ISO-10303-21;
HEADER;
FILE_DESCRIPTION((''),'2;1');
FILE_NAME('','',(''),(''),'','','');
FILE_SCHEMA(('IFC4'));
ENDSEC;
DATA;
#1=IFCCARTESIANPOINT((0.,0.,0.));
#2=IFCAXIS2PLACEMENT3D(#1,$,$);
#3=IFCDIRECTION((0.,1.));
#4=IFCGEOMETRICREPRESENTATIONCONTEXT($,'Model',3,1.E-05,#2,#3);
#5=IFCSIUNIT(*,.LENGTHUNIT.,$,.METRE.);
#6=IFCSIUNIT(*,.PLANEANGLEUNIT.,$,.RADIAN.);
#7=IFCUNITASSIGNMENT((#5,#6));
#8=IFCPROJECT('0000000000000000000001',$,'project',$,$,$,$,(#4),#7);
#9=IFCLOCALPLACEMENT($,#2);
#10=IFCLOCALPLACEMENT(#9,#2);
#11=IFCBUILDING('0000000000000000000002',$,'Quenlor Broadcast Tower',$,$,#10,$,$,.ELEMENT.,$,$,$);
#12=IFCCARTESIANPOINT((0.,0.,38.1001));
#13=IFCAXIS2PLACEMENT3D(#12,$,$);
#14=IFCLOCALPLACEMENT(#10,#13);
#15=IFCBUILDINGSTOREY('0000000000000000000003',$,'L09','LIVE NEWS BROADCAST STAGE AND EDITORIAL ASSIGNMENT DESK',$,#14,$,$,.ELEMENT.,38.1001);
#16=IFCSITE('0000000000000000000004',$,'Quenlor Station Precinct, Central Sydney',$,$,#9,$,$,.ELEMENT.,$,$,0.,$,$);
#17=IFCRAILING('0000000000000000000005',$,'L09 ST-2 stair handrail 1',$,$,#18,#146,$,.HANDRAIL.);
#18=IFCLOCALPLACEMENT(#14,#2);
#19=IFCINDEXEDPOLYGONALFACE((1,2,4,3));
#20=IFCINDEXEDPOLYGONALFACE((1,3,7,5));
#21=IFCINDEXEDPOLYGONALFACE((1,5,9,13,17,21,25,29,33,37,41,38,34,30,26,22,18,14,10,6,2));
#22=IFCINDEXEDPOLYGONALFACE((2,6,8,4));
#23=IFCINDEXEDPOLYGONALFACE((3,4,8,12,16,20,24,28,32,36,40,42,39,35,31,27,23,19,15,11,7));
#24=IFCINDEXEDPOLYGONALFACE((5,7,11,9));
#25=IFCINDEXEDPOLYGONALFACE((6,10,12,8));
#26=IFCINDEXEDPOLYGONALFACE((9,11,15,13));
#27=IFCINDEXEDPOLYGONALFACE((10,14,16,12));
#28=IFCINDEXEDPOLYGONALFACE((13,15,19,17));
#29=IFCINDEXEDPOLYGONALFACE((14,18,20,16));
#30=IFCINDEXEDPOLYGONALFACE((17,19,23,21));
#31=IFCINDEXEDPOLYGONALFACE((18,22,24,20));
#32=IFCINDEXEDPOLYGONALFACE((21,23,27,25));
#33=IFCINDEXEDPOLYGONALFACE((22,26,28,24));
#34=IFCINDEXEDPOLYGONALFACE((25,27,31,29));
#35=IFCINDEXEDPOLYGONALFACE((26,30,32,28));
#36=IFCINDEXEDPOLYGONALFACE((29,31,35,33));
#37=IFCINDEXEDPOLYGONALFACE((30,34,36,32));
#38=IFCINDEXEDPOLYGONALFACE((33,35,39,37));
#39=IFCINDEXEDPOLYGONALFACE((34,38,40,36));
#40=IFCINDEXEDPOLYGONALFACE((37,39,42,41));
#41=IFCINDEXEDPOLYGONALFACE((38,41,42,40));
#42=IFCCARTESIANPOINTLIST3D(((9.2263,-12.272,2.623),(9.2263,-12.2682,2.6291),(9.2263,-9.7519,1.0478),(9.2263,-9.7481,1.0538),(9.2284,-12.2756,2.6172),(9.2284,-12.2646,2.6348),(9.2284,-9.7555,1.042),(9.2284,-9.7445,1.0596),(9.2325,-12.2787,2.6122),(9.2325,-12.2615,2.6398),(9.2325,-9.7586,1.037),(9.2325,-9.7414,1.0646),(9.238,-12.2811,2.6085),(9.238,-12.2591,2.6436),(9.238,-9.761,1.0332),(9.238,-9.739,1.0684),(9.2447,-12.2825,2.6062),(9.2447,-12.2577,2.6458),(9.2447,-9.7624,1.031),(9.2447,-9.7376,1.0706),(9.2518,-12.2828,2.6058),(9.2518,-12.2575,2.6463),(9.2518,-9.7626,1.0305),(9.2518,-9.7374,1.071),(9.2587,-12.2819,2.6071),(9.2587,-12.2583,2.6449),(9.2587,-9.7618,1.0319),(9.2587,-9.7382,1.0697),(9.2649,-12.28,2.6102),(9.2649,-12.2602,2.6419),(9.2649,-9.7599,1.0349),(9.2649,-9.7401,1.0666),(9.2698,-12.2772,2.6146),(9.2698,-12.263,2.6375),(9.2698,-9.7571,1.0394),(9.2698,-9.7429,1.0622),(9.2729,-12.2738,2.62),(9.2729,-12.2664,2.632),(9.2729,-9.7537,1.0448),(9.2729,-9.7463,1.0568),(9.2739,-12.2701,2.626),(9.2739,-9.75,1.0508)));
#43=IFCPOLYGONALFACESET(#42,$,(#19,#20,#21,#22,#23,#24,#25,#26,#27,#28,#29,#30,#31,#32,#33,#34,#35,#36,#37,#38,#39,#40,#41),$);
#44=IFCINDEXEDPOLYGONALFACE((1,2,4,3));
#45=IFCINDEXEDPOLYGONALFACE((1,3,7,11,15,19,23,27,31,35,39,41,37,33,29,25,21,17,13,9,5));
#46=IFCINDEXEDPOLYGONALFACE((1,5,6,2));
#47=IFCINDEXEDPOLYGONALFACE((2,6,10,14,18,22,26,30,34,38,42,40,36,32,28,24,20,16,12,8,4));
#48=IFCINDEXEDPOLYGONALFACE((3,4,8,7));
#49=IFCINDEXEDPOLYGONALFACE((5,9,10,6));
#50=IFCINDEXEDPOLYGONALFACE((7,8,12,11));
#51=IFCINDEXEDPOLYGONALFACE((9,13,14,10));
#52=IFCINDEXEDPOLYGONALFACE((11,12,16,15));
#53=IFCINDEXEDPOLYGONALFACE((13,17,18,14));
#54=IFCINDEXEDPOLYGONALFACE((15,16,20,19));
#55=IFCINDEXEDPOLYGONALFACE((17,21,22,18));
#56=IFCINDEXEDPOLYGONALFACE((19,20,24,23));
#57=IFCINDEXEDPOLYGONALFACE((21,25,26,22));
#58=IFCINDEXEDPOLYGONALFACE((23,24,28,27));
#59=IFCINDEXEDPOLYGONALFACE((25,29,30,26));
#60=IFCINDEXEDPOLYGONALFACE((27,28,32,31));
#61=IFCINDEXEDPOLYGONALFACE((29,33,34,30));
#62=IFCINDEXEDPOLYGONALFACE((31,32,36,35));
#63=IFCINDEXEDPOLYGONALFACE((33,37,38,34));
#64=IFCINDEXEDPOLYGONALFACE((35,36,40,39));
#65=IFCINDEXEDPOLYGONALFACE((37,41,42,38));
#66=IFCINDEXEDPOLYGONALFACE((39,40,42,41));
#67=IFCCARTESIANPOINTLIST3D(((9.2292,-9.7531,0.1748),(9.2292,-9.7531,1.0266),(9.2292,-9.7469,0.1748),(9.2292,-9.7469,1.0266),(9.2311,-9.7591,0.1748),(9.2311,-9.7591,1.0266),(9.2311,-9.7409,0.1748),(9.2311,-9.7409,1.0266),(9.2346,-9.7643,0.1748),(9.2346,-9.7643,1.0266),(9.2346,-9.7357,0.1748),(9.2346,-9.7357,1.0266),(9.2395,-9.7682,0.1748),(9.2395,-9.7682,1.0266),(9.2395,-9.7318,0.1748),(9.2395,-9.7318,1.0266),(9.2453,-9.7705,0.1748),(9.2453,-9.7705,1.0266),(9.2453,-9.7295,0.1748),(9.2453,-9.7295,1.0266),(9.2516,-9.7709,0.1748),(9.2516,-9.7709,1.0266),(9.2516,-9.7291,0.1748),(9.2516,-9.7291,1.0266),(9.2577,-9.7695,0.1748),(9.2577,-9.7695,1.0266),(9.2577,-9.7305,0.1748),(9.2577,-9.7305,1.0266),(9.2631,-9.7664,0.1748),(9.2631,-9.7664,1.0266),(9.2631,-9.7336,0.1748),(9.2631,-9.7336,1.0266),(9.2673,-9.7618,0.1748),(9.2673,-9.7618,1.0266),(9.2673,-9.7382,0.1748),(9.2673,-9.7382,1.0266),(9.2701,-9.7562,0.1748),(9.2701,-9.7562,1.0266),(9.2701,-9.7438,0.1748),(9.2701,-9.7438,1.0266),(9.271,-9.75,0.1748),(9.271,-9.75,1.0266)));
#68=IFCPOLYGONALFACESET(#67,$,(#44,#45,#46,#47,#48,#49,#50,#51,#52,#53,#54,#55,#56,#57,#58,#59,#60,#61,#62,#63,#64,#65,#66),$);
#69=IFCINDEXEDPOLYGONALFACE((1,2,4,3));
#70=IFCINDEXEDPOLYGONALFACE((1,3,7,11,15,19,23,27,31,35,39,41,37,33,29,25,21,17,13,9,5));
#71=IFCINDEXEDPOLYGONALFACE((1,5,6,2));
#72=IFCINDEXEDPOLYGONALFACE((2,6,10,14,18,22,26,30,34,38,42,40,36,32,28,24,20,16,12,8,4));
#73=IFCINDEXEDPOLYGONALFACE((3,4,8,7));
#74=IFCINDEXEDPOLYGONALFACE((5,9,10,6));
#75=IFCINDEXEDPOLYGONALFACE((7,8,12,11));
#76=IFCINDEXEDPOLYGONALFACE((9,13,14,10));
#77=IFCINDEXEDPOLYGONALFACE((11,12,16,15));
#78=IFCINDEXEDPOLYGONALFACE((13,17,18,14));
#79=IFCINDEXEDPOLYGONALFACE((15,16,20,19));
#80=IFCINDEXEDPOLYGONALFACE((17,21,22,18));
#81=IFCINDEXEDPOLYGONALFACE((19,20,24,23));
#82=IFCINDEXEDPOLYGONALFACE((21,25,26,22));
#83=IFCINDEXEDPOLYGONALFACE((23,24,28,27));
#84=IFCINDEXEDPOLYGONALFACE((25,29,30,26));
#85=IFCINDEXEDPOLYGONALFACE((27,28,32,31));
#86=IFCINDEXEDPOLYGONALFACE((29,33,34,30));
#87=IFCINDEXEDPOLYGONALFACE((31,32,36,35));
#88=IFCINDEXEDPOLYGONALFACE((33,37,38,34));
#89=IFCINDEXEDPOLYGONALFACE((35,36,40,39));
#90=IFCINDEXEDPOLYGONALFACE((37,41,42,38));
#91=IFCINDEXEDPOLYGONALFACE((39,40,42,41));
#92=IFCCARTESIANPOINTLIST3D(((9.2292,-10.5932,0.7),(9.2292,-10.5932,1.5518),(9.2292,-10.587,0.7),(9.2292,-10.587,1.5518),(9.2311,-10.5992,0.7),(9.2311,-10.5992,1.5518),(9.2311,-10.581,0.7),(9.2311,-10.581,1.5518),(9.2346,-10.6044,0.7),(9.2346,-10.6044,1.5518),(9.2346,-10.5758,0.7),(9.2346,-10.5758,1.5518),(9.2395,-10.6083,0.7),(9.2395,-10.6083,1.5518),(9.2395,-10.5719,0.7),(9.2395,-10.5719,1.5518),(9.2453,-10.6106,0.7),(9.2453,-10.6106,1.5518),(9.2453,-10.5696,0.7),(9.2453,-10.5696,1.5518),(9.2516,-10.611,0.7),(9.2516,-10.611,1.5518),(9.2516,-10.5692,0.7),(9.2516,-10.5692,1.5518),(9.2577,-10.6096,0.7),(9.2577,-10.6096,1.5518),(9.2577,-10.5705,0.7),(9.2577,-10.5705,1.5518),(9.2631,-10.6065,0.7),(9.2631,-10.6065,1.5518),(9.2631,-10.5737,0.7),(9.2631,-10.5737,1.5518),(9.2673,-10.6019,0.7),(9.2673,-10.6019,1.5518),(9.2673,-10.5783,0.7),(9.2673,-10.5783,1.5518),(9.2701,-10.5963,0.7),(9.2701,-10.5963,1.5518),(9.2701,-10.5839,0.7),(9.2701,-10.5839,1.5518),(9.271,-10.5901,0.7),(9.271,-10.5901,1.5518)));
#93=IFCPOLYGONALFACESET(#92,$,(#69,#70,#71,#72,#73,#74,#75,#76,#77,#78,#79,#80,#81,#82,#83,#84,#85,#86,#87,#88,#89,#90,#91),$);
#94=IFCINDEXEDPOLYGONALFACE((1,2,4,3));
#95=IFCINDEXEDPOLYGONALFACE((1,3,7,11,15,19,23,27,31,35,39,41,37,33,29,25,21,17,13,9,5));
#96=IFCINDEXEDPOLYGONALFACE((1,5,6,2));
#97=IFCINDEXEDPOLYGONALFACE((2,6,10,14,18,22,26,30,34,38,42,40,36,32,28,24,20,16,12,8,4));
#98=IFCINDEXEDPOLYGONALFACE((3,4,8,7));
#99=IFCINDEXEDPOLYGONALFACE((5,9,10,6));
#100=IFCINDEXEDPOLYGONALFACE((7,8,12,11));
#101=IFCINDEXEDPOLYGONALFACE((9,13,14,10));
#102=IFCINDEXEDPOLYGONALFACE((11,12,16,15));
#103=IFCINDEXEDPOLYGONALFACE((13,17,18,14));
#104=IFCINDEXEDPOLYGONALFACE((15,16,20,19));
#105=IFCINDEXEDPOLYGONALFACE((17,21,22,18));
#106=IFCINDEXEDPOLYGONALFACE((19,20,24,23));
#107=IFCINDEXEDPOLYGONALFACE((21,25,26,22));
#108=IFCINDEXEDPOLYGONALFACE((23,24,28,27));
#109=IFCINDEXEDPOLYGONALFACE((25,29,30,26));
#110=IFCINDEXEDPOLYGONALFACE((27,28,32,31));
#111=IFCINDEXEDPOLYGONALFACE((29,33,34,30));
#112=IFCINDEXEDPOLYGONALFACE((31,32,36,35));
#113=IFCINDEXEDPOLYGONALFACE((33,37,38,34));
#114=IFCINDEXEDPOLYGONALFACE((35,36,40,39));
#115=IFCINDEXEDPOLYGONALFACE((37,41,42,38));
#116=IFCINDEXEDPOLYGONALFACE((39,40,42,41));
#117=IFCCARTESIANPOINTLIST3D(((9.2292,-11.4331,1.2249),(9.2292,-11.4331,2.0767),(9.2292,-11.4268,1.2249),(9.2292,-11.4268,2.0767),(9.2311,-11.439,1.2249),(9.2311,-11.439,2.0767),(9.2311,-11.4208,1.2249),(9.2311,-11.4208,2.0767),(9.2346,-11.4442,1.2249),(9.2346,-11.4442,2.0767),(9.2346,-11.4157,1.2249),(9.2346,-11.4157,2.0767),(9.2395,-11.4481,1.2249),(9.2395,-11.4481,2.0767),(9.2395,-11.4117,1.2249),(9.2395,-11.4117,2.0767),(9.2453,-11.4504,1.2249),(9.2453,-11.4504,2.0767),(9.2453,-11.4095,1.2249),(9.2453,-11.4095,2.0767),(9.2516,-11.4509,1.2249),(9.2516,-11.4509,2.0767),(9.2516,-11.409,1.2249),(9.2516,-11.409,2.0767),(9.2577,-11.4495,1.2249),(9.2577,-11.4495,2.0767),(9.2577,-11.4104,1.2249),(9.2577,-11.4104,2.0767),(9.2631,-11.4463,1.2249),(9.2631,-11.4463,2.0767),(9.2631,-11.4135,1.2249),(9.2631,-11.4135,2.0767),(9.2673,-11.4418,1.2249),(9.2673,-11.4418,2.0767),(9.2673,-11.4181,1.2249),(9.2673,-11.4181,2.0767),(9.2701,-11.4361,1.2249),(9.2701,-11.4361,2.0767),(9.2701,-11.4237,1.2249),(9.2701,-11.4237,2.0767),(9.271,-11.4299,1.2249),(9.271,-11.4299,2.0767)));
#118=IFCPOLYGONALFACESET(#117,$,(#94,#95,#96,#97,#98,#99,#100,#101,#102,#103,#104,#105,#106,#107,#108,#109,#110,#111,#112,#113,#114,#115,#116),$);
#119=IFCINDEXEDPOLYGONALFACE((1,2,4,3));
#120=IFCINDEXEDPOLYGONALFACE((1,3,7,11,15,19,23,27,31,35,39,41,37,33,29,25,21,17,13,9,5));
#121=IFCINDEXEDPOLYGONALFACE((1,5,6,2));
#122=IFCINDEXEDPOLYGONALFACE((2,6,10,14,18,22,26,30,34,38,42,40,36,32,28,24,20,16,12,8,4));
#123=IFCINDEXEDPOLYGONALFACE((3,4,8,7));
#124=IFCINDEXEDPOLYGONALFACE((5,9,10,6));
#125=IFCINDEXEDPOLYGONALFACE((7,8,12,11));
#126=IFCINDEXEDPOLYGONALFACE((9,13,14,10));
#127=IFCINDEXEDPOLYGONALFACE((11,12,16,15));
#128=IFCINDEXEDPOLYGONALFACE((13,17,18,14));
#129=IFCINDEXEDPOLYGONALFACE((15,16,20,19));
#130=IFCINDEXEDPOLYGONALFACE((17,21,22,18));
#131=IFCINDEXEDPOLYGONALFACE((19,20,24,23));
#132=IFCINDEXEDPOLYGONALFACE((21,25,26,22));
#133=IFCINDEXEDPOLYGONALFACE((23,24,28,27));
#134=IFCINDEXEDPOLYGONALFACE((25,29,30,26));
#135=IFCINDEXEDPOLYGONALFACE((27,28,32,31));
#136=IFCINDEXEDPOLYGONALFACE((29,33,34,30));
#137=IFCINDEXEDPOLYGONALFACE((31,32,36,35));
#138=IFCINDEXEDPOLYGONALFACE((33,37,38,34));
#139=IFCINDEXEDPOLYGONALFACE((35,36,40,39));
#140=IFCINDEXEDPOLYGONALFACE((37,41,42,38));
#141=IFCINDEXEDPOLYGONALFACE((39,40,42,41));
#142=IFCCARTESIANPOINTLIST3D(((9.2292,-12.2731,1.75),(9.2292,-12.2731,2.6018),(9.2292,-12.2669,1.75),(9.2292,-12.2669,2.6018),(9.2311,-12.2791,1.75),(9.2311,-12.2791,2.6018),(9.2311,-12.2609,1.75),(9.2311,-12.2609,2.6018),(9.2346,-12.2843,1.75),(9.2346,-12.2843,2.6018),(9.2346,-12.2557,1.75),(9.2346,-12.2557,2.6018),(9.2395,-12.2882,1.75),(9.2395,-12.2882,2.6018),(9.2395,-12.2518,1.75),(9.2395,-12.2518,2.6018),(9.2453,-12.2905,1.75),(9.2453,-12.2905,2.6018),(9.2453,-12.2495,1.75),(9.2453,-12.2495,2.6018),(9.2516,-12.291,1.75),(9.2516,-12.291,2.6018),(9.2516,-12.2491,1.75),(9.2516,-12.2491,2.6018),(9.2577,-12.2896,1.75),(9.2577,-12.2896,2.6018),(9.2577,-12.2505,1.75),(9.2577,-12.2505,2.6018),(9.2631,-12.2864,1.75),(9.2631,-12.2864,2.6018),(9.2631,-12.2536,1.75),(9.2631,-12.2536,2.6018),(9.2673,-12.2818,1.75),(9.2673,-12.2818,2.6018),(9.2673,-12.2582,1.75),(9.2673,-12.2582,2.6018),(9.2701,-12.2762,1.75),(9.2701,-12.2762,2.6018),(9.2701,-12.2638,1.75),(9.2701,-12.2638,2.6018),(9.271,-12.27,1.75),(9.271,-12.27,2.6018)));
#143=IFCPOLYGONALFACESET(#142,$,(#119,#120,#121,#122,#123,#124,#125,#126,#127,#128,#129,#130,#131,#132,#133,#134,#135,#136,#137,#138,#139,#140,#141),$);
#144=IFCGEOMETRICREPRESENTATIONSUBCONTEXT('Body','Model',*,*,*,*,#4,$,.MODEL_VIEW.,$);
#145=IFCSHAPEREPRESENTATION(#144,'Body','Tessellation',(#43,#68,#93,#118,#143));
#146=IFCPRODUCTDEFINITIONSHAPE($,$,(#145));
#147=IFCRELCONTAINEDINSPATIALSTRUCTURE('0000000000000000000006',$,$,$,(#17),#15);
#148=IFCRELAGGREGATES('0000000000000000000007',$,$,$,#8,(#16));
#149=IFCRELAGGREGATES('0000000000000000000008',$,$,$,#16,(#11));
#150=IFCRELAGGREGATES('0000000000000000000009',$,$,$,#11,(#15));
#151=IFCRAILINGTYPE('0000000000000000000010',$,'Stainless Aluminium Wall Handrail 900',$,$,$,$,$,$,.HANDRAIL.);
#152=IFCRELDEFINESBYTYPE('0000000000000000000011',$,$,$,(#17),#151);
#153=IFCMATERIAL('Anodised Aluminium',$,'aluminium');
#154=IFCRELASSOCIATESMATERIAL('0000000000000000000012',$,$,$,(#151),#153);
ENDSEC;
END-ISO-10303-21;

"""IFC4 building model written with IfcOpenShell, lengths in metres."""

from ifc_helpers import new_model, si_unit, direction, frame, origin, origin_2d, place, context, subcontext, project, spatial, circle, extrude, material, type_object, element, save


model = new_model("IFC4")

# Units and contexts
model_context = context("Model", 3, precision=1e-05, world=origin(), true_north=direction((0.0, 1.0)))
body_context = subcontext(model_context, "Body", "Model", "MODEL_VIEW")
ifc_project = project(units=[si_unit("LENGTHUNIT", "METRE"), si_unit("PLANEANGLEUNIT", "RADIAN")], contexts=[model_context])

# Site, building, storey
site_placement = place(None, origin())
site = spatial("IfcSite", under=ifc_project, at=site_placement, Name="Quenlor Station Precinct, Central Sydney", CompositionType="ELEMENT", RefElevation=0.0)
building_placement = place(site_placement, origin())
building = spatial("IfcBuilding", under=site, at=building_placement, Name="Quenlor Broadcast Tower", CompositionType="ELEMENT")
storey_placement = place(building_placement, frame((0.0, 0.0, 38.1001)))
storey = spatial("IfcBuildingStorey", under=building, at=storey_placement, Name="L09", Description="LIVE NEWS BROADCAST STAGE AND EDITORIAL ASSIGNMENT DESK", CompositionType="ELEMENT", Elevation=38.1001)

# Railing
ifc_material_1 = material(Name="Anodised Aluminium", Category="aluminium")
railing_type_1 = type_object("IfcRailingType", Name="Stainless Aluminium Wall Handrail 900", PredefinedType="HANDRAIL", material=ifc_material_1)
railing_1_placement = place(storey_placement, frame((9.25, -9.75, 0.1748)))
element("IfcRailing", 1, at=railing_1_placement, inside=storey, type_object=railing_type_1, Name="L09 ST-2 stair handrail 1", PredefinedType="HANDRAIL", context=body_context, shape_type="SweptSolid", body=[
    extrude(circle(Radius=0.0239, at=origin_2d()), frame((0.0, 0.0, 0.876), z_axis=(0.0, -0.847971, 0.530043), x_axis=(1.0, 0.0, 0.0)), (0.0, 0.0, 1.0), 2.9719),
    extrude(circle(Radius=0.021, at=origin_2d()), origin(), (0.0, 0.0, 1.0), 0.8518),
    extrude(circle(Radius=0.021, at=origin_2d()), frame((0.0, -0.8401, 0.5251)), (0.0, 0.0, 1.0), 0.8518),
    extrude(circle(Radius=0.021, at=origin_2d()), frame((0.0, -1.6799, 1.05)), (0.0, 0.0, 1.0), 0.8518),
    extrude(circle(Radius=0.021, at=origin_2d()), frame((0.0, -2.52, 1.5752)), (0.0, 0.0, 1.0), 0.8518),
])

save(model, "model.ifc")
